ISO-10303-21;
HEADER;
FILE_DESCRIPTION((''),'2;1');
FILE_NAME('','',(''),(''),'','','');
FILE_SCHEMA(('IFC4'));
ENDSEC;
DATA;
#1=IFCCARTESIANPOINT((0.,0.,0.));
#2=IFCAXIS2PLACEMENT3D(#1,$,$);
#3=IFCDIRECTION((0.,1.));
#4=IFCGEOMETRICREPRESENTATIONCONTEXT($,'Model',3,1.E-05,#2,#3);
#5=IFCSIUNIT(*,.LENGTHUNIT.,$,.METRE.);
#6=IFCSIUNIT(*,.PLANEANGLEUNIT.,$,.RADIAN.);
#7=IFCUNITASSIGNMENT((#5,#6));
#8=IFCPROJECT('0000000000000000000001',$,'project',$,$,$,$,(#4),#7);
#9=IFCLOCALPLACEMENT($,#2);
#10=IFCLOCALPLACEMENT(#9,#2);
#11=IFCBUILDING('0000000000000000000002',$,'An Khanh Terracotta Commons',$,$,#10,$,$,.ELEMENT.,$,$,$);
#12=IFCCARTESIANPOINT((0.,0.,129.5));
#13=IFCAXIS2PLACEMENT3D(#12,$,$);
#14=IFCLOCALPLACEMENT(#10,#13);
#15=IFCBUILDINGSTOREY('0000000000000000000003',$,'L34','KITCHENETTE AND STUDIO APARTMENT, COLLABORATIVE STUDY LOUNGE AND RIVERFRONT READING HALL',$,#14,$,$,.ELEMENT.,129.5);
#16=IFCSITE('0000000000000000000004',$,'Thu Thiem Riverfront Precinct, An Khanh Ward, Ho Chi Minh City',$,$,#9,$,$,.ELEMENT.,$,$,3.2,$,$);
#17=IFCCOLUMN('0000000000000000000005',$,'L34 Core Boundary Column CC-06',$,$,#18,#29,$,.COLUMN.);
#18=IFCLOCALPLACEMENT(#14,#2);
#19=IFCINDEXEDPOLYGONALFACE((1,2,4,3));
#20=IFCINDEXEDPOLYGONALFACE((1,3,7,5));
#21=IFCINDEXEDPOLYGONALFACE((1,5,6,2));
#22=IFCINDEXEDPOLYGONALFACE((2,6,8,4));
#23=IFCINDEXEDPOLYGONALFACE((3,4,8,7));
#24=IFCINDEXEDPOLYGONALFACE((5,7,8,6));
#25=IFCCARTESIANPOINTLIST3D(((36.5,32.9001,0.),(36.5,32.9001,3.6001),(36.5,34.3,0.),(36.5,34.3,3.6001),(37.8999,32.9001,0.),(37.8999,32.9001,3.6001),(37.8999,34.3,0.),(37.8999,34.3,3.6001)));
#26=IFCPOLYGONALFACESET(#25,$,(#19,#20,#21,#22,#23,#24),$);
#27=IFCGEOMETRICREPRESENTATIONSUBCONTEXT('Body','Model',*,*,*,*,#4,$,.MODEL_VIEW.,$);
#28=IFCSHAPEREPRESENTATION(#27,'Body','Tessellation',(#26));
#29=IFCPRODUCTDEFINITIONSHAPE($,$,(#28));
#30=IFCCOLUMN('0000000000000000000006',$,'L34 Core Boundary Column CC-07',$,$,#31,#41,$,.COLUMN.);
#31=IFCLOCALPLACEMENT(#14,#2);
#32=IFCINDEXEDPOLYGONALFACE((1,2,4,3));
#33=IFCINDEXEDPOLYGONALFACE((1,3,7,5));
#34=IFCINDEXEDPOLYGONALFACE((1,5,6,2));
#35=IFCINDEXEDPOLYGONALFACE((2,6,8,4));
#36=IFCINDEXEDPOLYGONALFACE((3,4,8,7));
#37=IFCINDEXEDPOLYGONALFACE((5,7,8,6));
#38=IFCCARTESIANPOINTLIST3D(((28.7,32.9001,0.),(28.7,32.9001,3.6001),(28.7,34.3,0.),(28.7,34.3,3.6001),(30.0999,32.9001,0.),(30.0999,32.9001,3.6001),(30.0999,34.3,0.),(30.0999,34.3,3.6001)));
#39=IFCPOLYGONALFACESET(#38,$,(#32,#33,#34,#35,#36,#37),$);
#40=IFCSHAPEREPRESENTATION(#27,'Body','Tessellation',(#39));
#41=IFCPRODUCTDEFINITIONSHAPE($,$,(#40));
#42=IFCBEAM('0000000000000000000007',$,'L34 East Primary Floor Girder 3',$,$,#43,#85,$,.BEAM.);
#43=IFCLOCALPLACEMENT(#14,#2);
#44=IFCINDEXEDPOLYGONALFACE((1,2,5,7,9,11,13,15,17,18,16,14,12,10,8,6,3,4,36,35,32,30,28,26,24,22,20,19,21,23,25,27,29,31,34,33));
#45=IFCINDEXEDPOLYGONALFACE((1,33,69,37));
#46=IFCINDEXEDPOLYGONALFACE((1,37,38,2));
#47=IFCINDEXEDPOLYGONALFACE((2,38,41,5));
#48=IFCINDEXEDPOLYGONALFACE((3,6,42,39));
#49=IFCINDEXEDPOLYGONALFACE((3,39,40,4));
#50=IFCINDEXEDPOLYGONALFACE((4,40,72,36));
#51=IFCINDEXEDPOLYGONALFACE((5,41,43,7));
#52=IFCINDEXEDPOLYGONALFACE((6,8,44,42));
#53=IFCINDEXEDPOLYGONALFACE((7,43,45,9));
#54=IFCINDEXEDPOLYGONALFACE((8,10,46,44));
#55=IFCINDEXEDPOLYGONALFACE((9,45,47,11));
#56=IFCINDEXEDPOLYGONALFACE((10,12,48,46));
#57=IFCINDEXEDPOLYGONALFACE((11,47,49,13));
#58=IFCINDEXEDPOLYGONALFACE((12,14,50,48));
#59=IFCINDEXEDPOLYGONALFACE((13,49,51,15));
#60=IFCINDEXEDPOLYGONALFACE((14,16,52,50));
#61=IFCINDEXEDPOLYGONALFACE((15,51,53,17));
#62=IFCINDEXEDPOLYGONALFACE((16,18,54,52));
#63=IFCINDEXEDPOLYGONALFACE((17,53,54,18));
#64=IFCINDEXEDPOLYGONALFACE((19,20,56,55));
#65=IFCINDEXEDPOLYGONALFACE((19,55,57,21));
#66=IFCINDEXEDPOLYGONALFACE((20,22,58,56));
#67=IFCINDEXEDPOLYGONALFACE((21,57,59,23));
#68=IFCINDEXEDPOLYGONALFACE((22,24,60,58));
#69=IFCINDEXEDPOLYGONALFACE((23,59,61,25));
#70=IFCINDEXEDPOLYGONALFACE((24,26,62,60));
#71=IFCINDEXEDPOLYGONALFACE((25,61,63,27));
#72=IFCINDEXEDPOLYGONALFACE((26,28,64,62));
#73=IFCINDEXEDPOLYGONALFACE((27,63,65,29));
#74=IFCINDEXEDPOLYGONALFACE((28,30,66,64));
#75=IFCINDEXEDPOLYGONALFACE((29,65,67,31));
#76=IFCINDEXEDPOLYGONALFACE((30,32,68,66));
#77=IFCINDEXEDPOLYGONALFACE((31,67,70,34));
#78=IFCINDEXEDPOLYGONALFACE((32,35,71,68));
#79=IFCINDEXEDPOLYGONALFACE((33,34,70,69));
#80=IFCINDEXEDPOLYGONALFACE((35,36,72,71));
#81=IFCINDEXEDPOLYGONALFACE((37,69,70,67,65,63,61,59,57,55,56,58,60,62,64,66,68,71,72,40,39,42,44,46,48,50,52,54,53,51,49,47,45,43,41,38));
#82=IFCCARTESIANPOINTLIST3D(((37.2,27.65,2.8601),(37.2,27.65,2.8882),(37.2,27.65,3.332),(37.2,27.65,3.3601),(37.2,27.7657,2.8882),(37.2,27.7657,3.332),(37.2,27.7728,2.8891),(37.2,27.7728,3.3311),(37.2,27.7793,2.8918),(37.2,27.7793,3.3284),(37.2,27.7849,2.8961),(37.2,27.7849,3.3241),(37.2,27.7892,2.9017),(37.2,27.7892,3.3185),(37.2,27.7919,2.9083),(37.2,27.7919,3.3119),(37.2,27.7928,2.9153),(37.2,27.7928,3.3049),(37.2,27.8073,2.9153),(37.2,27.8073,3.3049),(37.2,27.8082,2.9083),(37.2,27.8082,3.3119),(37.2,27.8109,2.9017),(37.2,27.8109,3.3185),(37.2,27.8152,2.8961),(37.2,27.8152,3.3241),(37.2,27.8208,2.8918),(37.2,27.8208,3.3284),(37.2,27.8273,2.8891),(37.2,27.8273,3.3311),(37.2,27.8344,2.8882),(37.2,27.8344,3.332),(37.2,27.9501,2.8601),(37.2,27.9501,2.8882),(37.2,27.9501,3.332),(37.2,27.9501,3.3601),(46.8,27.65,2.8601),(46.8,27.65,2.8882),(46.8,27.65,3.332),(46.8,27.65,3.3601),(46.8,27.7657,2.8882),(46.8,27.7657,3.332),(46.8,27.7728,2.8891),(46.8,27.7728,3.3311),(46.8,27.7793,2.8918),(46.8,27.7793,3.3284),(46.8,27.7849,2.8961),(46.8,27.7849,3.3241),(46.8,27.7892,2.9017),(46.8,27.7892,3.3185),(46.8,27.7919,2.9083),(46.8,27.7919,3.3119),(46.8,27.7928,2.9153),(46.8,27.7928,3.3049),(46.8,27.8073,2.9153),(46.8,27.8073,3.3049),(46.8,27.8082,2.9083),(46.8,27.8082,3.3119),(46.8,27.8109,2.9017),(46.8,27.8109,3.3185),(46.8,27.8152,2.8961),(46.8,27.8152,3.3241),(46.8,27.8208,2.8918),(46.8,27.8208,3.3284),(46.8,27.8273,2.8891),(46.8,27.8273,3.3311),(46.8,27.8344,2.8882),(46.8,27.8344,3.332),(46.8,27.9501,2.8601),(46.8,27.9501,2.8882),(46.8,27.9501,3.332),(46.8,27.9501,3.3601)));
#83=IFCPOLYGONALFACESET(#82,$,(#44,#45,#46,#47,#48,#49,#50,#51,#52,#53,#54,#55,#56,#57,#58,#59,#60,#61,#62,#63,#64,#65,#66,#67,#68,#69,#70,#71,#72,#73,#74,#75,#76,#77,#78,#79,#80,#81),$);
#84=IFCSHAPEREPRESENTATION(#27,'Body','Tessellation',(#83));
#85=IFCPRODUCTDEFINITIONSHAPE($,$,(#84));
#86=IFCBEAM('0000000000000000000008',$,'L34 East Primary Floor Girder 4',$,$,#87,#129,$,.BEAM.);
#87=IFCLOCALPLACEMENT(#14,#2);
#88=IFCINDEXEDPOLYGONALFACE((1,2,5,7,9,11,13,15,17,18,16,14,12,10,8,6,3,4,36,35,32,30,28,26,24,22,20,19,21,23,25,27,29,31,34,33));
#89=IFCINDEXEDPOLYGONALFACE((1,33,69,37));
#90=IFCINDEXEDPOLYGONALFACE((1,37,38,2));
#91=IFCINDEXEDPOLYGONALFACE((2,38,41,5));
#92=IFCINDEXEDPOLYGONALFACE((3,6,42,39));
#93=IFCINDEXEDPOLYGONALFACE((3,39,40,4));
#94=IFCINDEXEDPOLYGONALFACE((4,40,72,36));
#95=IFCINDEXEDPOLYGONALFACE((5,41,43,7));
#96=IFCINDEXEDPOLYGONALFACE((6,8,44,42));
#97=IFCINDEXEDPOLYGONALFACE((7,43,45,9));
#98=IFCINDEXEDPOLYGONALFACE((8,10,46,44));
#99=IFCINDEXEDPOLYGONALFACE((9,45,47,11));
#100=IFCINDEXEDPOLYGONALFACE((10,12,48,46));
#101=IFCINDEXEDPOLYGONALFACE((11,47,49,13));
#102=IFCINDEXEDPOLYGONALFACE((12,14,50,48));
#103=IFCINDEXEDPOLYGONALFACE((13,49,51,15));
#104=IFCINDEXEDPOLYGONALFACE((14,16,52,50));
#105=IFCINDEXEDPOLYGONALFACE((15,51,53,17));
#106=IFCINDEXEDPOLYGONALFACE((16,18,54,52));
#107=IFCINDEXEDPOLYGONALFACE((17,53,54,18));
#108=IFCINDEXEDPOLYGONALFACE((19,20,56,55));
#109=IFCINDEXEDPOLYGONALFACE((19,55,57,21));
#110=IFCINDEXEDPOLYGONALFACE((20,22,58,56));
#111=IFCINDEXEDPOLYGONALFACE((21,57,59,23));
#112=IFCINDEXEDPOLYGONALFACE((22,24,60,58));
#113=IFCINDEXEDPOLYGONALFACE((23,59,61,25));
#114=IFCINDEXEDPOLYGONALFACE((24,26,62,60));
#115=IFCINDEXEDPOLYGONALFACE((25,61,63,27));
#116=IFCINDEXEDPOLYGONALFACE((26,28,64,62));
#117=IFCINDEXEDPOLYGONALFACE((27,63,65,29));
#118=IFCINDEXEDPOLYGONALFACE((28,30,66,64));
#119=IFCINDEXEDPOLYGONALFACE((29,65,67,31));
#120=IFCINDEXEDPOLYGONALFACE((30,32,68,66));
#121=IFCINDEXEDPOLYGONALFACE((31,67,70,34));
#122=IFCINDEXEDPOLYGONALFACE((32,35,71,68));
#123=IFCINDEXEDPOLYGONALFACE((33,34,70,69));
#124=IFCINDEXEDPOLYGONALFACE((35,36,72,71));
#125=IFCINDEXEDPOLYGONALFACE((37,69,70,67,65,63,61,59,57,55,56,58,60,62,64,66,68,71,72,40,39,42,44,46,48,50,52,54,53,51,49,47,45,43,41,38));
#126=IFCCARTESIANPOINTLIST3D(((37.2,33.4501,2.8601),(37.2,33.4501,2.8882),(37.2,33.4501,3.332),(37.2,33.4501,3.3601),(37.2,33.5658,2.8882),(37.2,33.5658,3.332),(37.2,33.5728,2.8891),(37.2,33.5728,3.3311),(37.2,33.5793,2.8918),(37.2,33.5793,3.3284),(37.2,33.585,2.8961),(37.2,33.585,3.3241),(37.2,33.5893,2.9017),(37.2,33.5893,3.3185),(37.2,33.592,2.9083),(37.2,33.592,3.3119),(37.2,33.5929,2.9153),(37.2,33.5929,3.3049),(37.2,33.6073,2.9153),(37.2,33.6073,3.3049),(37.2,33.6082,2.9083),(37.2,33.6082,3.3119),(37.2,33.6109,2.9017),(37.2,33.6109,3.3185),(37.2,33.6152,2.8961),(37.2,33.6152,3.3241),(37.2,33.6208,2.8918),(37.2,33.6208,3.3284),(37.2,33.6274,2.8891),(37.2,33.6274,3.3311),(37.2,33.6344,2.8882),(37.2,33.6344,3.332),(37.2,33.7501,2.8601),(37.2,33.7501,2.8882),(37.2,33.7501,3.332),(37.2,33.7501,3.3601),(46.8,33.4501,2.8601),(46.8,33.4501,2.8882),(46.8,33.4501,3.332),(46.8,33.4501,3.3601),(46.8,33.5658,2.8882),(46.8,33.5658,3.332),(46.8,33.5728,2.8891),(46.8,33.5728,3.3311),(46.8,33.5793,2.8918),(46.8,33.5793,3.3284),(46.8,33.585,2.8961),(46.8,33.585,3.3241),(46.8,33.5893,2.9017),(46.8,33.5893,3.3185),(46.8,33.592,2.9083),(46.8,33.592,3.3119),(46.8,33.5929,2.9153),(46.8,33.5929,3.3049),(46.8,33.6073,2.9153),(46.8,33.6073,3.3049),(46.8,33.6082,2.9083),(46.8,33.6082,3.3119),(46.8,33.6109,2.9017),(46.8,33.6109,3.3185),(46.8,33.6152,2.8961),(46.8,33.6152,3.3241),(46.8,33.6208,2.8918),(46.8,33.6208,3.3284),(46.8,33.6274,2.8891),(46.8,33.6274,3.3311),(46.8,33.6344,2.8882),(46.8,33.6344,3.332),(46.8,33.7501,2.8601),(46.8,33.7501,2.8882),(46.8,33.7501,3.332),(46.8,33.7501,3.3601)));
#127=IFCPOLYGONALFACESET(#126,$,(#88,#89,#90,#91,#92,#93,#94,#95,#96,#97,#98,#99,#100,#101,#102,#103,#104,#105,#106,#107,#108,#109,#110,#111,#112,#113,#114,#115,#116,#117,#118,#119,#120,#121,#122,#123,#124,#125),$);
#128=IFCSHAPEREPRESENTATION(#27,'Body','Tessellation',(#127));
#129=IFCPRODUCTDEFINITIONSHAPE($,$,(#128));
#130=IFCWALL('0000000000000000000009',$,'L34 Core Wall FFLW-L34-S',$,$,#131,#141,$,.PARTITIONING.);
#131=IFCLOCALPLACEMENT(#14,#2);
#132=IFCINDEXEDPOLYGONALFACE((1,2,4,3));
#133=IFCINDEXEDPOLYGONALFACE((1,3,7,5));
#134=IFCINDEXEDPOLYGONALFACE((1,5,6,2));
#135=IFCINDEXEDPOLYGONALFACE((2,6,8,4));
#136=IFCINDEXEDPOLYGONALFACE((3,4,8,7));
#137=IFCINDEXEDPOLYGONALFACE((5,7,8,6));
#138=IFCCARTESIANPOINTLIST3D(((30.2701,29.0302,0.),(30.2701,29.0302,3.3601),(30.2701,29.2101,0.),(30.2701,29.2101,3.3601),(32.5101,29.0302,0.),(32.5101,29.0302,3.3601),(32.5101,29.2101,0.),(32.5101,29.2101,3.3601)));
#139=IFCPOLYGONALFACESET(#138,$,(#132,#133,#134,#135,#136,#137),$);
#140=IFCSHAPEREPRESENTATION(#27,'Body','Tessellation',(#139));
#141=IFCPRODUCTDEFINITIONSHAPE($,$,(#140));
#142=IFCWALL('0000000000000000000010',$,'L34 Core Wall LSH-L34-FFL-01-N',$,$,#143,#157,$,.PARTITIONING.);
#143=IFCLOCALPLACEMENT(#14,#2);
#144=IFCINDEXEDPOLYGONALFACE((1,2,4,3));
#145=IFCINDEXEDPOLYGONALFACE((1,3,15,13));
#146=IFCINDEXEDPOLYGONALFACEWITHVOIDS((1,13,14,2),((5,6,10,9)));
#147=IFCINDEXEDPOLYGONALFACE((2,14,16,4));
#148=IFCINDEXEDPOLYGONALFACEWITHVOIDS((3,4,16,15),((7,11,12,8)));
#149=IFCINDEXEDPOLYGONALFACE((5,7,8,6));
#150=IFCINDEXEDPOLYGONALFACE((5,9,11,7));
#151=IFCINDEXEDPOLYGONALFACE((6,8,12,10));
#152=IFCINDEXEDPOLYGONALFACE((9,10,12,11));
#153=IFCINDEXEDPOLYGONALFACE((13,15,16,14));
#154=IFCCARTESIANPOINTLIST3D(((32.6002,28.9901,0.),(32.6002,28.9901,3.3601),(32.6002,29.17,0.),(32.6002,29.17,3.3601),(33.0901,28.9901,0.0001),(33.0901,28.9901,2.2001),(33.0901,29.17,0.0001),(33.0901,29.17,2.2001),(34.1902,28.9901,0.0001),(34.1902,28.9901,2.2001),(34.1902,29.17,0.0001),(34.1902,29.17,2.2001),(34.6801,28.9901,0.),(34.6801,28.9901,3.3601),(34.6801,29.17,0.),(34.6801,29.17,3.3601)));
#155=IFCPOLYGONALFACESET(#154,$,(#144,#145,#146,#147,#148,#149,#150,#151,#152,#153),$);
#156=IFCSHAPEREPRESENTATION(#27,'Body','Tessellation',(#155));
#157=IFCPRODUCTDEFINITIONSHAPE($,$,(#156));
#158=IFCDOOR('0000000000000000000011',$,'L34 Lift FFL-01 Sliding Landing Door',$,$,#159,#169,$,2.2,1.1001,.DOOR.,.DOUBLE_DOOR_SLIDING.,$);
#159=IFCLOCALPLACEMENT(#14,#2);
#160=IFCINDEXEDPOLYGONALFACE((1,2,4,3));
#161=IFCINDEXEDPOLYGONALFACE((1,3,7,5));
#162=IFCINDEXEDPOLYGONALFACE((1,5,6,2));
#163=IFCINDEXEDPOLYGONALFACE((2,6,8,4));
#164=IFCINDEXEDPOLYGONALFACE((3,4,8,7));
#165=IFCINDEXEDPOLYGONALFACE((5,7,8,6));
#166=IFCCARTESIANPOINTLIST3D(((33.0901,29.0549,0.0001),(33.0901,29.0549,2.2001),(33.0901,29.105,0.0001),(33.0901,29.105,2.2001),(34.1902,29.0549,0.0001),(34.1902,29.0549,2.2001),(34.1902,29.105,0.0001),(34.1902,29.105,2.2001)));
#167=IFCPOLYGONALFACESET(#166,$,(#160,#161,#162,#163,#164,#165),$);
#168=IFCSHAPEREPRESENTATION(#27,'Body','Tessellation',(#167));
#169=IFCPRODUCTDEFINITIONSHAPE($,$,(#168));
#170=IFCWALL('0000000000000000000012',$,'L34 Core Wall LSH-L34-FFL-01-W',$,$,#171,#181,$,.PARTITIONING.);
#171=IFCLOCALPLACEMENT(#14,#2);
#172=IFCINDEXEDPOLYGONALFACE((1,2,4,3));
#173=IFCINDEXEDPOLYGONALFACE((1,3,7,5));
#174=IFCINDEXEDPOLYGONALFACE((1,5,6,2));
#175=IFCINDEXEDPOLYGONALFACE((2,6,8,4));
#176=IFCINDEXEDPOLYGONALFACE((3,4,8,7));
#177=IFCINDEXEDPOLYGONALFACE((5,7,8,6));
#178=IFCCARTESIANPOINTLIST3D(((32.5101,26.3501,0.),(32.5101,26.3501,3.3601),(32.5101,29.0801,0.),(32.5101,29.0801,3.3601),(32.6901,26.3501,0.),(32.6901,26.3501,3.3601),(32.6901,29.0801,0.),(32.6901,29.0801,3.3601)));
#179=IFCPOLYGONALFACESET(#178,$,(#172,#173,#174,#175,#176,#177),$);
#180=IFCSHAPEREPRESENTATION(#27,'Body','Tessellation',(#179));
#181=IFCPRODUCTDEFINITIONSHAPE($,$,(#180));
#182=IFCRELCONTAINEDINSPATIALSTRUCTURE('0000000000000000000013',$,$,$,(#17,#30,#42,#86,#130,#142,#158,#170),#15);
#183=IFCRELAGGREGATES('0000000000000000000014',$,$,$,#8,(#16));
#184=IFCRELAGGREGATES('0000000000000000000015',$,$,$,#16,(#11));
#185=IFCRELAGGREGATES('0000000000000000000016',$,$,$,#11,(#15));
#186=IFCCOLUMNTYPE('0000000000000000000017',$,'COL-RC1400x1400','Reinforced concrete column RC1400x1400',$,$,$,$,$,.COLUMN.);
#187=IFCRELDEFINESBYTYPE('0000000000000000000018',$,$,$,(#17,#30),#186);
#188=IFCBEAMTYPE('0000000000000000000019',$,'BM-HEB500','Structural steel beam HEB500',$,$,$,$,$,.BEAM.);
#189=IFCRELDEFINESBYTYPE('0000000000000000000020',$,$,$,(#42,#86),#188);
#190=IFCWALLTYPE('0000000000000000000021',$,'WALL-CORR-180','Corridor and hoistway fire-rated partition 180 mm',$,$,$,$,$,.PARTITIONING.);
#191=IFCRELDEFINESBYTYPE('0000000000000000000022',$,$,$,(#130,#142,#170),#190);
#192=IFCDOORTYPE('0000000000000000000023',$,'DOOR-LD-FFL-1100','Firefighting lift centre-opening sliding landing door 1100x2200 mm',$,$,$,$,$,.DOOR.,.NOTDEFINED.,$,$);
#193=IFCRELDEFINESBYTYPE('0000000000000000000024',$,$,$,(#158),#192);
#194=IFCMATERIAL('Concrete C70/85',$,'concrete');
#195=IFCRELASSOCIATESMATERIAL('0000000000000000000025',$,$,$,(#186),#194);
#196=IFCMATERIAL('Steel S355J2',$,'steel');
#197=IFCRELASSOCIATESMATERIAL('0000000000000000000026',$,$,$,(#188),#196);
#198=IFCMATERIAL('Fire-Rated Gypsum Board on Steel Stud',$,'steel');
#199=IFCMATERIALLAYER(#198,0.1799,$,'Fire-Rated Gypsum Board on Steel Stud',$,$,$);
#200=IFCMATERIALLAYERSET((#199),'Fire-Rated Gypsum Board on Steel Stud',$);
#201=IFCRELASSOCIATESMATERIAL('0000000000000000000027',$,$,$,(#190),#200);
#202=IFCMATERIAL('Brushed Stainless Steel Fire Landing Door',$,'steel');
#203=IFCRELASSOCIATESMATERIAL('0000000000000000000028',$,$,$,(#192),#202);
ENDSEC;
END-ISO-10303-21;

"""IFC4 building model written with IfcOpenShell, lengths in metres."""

from ifc_helpers import new_model, si_unit, direction, frame, frame_2d, origin, origin_2d, place, context, subcontext, project, spatial, rectangle, i_section, extrude, material, layer, layer_set, material_profile, profile_set, type_object, element, fill, save


model = new_model("IFC4")

# Units and contexts
model_context = context("Model", 3, precision=1e-05, world=origin(), true_north=direction((0.0, 1.0)))
body_context = subcontext(model_context, "Body", "Model", "MODEL_VIEW")
ifc_project = project(units=[si_unit("LENGTHUNIT", "METRE"), si_unit("PLANEANGLEUNIT", "RADIAN")], contexts=[model_context])

# Site, building, storey
site_placement = place(None, origin())
site = spatial("IfcSite", under=ifc_project, at=site_placement, Name="Thu Thiem Riverfront Precinct, An Khanh Ward, Ho Chi Minh City", CompositionType="ELEMENT", RefElevation=3.2)
building_placement = place(site_placement, origin())
building = spatial("IfcBuilding", under=site, at=building_placement, Name="An Khanh Terracotta Commons", CompositionType="ELEMENT")
storey_placement = place(building_placement, frame((0.0, 0.0, 129.5)))
storey = spatial("IfcBuildingStorey", under=building, at=storey_placement, Name="L34", Description="KITCHENETTE AND STUDIO APARTMENT, COLLABORATIVE STUDY LOUNGE AND RIVERFRONT READING HALL", CompositionType="ELEMENT", Elevation=129.5)

# Columns
ifc_material_1 = material(Name="Concrete C70/85", Category="concrete")
ifc_material_profile_1 = material_profile(ifc_material_1, rectangle(XDim=1.3999, YDim=1.3999, at=origin_2d()), Name="RC1400x1400")
ifc_profile_set_1 = profile_set([ifc_material_profile_1], Name="Concrete C70/85")
column_type = type_object("IfcColumnType", Name="COL-RC1400x1400", Description="Reinforced concrete column RC1400x1400", PredefinedType="COLUMN", material=ifc_profile_set_1)
for number, where, z_axis, x_axis, name in (
    (1, (37.2, 33.6001, 0.0), (0.0, 0.0, 1.0), (1.0, 0.0, 0.0), "L34 Core Boundary Column CC-06"),
    (2, (29.3999, 33.6001, 0.0), (0.0, 0.0, 1.0), (1.0, 0.0, 0.0), "L34 Core Boundary Column CC-07"),
):
    element("IfcColumn", number, at=place(storey_placement, frame(where, z_axis=z_axis, x_axis=x_axis)), inside=storey, type_object=column_type, Name=name, PredefinedType="COLUMN", context=body_context, shape_type="SweptSolid", body=[
        extrude(rectangle(XDim=1.3999, YDim=1.3999, at=origin_2d()), origin(), (0.0, 0.0, 1.0), 3.6001),
    ])

# Beams
ifc_material_2 = material(Name="Steel S355J2", Category="steel")
ifc_material_profile_2 = material_profile(ifc_material_2, i_section(OverallWidth=0.3, OverallDepth=0.5, WebThickness=0.0144, FlangeThickness=0.0281, FilletRadius=0.0271, at=origin_2d()), Name="HEB500")
ifc_profile_set_2 = profile_set([ifc_material_profile_2], Name="Steel S355J2")
beam_type = type_object("IfcBeamType", Name="BM-HEB500", Description="Structural steel beam HEB500", PredefinedType="BEAM", material=ifc_profile_set_2)
for number, where, z_axis, x_axis, name in (
    (3, (37.2, 27.8, 3.1101), (1.0, 0.0, 0.0), (0.0, 1.0, 0.0), "L34 East Primary Floor Girder 3"),
    (4, (37.2, 33.6001, 3.1101), (1.0, 0.0, 0.0), (0.0, 1.0, 0.0), "L34 East Primary Floor Girder 4"),
):
    element("IfcBeam", number, at=place(storey_placement, frame(where, z_axis=z_axis, x_axis=x_axis)), inside=storey, type_object=beam_type, Name=name, PredefinedType="BEAM", context=body_context, shape_type="SweptSolid", body=[
        extrude(i_section(OverallWidth=0.3, OverallDepth=0.5, WebThickness=0.0144, FlangeThickness=0.0281, FilletRadius=0.0271, at=origin_2d()), origin(), (0.0, 0.0, 1.0), 9.6001),
    ])

# Wall
ifc_material_3 = material(Name="Fire-Rated Gypsum Board on Steel Stud", Category="steel")
ifc_layer_1 = layer(ifc_material_3, 0.1799, Name="Fire-Rated Gypsum Board on Steel Stud")
ifc_layer_set_1 = layer_set([ifc_layer_1], Name="Fire-Rated Gypsum Board on Steel Stud")
wall_type_1 = type_object("IfcWallType", Name="WALL-CORR-180", Description="Corridor and hoistway fire-rated partition 180 mm", PredefinedType="PARTITIONING", material=ifc_layer_set_1)
wall_1_placement = place(storey_placement, frame((30.27, 29.1201, 0.0), z_axis=(0.0, 0.0, 1.0), x_axis=(1.0, 0.0, 0.0)))
element("IfcWall", 5, at=wall_1_placement, inside=storey, type_object=wall_type_1, Name="L34 Core Wall FFLW-L34-S", PredefinedType="PARTITIONING", context=body_context, shape_type="SweptSolid", body=[
    extrude(rectangle(XDim=2.24, YDim=0.1799, at=frame_2d((1.1201, 0.0))), origin(), (0.0, 0.0, 1.0), 3.3601),
])

# Wall, opening, door
wall_2_placement = place(storey_placement, frame((32.6001, 29.0801, 0.0), z_axis=(0.0, 0.0, 1.0), x_axis=(1.0, 0.0, 0.0)))
wall_2 = element("IfcWall", 6, at=wall_2_placement, inside=storey, type_object=wall_type_1, Name="L34 Core Wall LSH-L34-FFL-01-N", PredefinedType="PARTITIONING", context=body_context, shape_type="SweptSolid", body=[
    extrude(rectangle(XDim=2.0798, YDim=0.1799, at=frame_2d((1.04, 0.0))), origin(), (0.0, 0.0, 1.0), 3.3601),
])
opening_1_placement = place(wall_2_placement, frame((0.49, 0.0, 0.0)))
opening_1 = element("IfcOpeningElement", 7, at=opening_1_placement, cuts=wall_2, PredefinedType="OPENING", context=body_context, shape_type="SweptSolid", body=[
    extrude(rectangle(XDim=1.1001, YDim=2.2, at=frame_2d((0.55, 1.1001))), frame((0.0, 0.0999, 0.0), z_axis=(0.0, -1.0, 0.0), x_axis=(1.0, 0.0, 0.0)), (0.0, 0.0, 1.0), 0.2),
])
ifc_material_4 = material(Name="Brushed Stainless Steel Fire Landing Door", Category="steel")
door_type_1 = type_object("IfcDoorType", Name="DOOR-LD-FFL-1100", Description="Firefighting lift centre-opening sliding landing door 1100x2200 mm", OperationType="NOTDEFINED", PredefinedType="DOOR", material=ifc_material_4)
door_1_placement = place(opening_1_placement, origin())
door_1 = element("IfcDoor", 8, at=door_1_placement, inside=storey, type_object=door_type_1, Name="L34 Lift FFL-01 Sliding Landing Door", OperationType="DOUBLE_DOOR_SLIDING", OverallHeight=2.2, OverallWidth=1.1001, PredefinedType="DOOR", context=body_context, shape_type="SweptSolid", body=[
    extrude(rectangle(XDim=1.1001, YDim=2.2, at=frame_2d((0.55, 1.1001))), frame((0.0, 0.0249, 0.0), z_axis=(0.0, -1.0, 0.0), x_axis=(1.0, 0.0, 0.0)), (0.0, 0.0, 1.0), 0.05),
])
fill(opening_1, door_1)

# Wall
wall_3_placement = place(storey_placement, frame((32.6001, 29.0801, 0.0), z_axis=(0.0, 0.0, 1.0), x_axis=(0.0, -1.0, 0.0)))
element("IfcWall", 9, at=wall_3_placement, inside=storey, type_object=wall_type_1, Name="L34 Core Wall LSH-L34-FFL-01-W", PredefinedType="PARTITIONING", context=body_context, shape_type="SweptSolid", body=[
    extrude(rectangle(XDim=2.73, YDim=0.1799, at=frame_2d((1.365, 0.0))), origin(), (0.0, 0.0, 1.0), 3.3601),
])

save(model, "model.ifc")
